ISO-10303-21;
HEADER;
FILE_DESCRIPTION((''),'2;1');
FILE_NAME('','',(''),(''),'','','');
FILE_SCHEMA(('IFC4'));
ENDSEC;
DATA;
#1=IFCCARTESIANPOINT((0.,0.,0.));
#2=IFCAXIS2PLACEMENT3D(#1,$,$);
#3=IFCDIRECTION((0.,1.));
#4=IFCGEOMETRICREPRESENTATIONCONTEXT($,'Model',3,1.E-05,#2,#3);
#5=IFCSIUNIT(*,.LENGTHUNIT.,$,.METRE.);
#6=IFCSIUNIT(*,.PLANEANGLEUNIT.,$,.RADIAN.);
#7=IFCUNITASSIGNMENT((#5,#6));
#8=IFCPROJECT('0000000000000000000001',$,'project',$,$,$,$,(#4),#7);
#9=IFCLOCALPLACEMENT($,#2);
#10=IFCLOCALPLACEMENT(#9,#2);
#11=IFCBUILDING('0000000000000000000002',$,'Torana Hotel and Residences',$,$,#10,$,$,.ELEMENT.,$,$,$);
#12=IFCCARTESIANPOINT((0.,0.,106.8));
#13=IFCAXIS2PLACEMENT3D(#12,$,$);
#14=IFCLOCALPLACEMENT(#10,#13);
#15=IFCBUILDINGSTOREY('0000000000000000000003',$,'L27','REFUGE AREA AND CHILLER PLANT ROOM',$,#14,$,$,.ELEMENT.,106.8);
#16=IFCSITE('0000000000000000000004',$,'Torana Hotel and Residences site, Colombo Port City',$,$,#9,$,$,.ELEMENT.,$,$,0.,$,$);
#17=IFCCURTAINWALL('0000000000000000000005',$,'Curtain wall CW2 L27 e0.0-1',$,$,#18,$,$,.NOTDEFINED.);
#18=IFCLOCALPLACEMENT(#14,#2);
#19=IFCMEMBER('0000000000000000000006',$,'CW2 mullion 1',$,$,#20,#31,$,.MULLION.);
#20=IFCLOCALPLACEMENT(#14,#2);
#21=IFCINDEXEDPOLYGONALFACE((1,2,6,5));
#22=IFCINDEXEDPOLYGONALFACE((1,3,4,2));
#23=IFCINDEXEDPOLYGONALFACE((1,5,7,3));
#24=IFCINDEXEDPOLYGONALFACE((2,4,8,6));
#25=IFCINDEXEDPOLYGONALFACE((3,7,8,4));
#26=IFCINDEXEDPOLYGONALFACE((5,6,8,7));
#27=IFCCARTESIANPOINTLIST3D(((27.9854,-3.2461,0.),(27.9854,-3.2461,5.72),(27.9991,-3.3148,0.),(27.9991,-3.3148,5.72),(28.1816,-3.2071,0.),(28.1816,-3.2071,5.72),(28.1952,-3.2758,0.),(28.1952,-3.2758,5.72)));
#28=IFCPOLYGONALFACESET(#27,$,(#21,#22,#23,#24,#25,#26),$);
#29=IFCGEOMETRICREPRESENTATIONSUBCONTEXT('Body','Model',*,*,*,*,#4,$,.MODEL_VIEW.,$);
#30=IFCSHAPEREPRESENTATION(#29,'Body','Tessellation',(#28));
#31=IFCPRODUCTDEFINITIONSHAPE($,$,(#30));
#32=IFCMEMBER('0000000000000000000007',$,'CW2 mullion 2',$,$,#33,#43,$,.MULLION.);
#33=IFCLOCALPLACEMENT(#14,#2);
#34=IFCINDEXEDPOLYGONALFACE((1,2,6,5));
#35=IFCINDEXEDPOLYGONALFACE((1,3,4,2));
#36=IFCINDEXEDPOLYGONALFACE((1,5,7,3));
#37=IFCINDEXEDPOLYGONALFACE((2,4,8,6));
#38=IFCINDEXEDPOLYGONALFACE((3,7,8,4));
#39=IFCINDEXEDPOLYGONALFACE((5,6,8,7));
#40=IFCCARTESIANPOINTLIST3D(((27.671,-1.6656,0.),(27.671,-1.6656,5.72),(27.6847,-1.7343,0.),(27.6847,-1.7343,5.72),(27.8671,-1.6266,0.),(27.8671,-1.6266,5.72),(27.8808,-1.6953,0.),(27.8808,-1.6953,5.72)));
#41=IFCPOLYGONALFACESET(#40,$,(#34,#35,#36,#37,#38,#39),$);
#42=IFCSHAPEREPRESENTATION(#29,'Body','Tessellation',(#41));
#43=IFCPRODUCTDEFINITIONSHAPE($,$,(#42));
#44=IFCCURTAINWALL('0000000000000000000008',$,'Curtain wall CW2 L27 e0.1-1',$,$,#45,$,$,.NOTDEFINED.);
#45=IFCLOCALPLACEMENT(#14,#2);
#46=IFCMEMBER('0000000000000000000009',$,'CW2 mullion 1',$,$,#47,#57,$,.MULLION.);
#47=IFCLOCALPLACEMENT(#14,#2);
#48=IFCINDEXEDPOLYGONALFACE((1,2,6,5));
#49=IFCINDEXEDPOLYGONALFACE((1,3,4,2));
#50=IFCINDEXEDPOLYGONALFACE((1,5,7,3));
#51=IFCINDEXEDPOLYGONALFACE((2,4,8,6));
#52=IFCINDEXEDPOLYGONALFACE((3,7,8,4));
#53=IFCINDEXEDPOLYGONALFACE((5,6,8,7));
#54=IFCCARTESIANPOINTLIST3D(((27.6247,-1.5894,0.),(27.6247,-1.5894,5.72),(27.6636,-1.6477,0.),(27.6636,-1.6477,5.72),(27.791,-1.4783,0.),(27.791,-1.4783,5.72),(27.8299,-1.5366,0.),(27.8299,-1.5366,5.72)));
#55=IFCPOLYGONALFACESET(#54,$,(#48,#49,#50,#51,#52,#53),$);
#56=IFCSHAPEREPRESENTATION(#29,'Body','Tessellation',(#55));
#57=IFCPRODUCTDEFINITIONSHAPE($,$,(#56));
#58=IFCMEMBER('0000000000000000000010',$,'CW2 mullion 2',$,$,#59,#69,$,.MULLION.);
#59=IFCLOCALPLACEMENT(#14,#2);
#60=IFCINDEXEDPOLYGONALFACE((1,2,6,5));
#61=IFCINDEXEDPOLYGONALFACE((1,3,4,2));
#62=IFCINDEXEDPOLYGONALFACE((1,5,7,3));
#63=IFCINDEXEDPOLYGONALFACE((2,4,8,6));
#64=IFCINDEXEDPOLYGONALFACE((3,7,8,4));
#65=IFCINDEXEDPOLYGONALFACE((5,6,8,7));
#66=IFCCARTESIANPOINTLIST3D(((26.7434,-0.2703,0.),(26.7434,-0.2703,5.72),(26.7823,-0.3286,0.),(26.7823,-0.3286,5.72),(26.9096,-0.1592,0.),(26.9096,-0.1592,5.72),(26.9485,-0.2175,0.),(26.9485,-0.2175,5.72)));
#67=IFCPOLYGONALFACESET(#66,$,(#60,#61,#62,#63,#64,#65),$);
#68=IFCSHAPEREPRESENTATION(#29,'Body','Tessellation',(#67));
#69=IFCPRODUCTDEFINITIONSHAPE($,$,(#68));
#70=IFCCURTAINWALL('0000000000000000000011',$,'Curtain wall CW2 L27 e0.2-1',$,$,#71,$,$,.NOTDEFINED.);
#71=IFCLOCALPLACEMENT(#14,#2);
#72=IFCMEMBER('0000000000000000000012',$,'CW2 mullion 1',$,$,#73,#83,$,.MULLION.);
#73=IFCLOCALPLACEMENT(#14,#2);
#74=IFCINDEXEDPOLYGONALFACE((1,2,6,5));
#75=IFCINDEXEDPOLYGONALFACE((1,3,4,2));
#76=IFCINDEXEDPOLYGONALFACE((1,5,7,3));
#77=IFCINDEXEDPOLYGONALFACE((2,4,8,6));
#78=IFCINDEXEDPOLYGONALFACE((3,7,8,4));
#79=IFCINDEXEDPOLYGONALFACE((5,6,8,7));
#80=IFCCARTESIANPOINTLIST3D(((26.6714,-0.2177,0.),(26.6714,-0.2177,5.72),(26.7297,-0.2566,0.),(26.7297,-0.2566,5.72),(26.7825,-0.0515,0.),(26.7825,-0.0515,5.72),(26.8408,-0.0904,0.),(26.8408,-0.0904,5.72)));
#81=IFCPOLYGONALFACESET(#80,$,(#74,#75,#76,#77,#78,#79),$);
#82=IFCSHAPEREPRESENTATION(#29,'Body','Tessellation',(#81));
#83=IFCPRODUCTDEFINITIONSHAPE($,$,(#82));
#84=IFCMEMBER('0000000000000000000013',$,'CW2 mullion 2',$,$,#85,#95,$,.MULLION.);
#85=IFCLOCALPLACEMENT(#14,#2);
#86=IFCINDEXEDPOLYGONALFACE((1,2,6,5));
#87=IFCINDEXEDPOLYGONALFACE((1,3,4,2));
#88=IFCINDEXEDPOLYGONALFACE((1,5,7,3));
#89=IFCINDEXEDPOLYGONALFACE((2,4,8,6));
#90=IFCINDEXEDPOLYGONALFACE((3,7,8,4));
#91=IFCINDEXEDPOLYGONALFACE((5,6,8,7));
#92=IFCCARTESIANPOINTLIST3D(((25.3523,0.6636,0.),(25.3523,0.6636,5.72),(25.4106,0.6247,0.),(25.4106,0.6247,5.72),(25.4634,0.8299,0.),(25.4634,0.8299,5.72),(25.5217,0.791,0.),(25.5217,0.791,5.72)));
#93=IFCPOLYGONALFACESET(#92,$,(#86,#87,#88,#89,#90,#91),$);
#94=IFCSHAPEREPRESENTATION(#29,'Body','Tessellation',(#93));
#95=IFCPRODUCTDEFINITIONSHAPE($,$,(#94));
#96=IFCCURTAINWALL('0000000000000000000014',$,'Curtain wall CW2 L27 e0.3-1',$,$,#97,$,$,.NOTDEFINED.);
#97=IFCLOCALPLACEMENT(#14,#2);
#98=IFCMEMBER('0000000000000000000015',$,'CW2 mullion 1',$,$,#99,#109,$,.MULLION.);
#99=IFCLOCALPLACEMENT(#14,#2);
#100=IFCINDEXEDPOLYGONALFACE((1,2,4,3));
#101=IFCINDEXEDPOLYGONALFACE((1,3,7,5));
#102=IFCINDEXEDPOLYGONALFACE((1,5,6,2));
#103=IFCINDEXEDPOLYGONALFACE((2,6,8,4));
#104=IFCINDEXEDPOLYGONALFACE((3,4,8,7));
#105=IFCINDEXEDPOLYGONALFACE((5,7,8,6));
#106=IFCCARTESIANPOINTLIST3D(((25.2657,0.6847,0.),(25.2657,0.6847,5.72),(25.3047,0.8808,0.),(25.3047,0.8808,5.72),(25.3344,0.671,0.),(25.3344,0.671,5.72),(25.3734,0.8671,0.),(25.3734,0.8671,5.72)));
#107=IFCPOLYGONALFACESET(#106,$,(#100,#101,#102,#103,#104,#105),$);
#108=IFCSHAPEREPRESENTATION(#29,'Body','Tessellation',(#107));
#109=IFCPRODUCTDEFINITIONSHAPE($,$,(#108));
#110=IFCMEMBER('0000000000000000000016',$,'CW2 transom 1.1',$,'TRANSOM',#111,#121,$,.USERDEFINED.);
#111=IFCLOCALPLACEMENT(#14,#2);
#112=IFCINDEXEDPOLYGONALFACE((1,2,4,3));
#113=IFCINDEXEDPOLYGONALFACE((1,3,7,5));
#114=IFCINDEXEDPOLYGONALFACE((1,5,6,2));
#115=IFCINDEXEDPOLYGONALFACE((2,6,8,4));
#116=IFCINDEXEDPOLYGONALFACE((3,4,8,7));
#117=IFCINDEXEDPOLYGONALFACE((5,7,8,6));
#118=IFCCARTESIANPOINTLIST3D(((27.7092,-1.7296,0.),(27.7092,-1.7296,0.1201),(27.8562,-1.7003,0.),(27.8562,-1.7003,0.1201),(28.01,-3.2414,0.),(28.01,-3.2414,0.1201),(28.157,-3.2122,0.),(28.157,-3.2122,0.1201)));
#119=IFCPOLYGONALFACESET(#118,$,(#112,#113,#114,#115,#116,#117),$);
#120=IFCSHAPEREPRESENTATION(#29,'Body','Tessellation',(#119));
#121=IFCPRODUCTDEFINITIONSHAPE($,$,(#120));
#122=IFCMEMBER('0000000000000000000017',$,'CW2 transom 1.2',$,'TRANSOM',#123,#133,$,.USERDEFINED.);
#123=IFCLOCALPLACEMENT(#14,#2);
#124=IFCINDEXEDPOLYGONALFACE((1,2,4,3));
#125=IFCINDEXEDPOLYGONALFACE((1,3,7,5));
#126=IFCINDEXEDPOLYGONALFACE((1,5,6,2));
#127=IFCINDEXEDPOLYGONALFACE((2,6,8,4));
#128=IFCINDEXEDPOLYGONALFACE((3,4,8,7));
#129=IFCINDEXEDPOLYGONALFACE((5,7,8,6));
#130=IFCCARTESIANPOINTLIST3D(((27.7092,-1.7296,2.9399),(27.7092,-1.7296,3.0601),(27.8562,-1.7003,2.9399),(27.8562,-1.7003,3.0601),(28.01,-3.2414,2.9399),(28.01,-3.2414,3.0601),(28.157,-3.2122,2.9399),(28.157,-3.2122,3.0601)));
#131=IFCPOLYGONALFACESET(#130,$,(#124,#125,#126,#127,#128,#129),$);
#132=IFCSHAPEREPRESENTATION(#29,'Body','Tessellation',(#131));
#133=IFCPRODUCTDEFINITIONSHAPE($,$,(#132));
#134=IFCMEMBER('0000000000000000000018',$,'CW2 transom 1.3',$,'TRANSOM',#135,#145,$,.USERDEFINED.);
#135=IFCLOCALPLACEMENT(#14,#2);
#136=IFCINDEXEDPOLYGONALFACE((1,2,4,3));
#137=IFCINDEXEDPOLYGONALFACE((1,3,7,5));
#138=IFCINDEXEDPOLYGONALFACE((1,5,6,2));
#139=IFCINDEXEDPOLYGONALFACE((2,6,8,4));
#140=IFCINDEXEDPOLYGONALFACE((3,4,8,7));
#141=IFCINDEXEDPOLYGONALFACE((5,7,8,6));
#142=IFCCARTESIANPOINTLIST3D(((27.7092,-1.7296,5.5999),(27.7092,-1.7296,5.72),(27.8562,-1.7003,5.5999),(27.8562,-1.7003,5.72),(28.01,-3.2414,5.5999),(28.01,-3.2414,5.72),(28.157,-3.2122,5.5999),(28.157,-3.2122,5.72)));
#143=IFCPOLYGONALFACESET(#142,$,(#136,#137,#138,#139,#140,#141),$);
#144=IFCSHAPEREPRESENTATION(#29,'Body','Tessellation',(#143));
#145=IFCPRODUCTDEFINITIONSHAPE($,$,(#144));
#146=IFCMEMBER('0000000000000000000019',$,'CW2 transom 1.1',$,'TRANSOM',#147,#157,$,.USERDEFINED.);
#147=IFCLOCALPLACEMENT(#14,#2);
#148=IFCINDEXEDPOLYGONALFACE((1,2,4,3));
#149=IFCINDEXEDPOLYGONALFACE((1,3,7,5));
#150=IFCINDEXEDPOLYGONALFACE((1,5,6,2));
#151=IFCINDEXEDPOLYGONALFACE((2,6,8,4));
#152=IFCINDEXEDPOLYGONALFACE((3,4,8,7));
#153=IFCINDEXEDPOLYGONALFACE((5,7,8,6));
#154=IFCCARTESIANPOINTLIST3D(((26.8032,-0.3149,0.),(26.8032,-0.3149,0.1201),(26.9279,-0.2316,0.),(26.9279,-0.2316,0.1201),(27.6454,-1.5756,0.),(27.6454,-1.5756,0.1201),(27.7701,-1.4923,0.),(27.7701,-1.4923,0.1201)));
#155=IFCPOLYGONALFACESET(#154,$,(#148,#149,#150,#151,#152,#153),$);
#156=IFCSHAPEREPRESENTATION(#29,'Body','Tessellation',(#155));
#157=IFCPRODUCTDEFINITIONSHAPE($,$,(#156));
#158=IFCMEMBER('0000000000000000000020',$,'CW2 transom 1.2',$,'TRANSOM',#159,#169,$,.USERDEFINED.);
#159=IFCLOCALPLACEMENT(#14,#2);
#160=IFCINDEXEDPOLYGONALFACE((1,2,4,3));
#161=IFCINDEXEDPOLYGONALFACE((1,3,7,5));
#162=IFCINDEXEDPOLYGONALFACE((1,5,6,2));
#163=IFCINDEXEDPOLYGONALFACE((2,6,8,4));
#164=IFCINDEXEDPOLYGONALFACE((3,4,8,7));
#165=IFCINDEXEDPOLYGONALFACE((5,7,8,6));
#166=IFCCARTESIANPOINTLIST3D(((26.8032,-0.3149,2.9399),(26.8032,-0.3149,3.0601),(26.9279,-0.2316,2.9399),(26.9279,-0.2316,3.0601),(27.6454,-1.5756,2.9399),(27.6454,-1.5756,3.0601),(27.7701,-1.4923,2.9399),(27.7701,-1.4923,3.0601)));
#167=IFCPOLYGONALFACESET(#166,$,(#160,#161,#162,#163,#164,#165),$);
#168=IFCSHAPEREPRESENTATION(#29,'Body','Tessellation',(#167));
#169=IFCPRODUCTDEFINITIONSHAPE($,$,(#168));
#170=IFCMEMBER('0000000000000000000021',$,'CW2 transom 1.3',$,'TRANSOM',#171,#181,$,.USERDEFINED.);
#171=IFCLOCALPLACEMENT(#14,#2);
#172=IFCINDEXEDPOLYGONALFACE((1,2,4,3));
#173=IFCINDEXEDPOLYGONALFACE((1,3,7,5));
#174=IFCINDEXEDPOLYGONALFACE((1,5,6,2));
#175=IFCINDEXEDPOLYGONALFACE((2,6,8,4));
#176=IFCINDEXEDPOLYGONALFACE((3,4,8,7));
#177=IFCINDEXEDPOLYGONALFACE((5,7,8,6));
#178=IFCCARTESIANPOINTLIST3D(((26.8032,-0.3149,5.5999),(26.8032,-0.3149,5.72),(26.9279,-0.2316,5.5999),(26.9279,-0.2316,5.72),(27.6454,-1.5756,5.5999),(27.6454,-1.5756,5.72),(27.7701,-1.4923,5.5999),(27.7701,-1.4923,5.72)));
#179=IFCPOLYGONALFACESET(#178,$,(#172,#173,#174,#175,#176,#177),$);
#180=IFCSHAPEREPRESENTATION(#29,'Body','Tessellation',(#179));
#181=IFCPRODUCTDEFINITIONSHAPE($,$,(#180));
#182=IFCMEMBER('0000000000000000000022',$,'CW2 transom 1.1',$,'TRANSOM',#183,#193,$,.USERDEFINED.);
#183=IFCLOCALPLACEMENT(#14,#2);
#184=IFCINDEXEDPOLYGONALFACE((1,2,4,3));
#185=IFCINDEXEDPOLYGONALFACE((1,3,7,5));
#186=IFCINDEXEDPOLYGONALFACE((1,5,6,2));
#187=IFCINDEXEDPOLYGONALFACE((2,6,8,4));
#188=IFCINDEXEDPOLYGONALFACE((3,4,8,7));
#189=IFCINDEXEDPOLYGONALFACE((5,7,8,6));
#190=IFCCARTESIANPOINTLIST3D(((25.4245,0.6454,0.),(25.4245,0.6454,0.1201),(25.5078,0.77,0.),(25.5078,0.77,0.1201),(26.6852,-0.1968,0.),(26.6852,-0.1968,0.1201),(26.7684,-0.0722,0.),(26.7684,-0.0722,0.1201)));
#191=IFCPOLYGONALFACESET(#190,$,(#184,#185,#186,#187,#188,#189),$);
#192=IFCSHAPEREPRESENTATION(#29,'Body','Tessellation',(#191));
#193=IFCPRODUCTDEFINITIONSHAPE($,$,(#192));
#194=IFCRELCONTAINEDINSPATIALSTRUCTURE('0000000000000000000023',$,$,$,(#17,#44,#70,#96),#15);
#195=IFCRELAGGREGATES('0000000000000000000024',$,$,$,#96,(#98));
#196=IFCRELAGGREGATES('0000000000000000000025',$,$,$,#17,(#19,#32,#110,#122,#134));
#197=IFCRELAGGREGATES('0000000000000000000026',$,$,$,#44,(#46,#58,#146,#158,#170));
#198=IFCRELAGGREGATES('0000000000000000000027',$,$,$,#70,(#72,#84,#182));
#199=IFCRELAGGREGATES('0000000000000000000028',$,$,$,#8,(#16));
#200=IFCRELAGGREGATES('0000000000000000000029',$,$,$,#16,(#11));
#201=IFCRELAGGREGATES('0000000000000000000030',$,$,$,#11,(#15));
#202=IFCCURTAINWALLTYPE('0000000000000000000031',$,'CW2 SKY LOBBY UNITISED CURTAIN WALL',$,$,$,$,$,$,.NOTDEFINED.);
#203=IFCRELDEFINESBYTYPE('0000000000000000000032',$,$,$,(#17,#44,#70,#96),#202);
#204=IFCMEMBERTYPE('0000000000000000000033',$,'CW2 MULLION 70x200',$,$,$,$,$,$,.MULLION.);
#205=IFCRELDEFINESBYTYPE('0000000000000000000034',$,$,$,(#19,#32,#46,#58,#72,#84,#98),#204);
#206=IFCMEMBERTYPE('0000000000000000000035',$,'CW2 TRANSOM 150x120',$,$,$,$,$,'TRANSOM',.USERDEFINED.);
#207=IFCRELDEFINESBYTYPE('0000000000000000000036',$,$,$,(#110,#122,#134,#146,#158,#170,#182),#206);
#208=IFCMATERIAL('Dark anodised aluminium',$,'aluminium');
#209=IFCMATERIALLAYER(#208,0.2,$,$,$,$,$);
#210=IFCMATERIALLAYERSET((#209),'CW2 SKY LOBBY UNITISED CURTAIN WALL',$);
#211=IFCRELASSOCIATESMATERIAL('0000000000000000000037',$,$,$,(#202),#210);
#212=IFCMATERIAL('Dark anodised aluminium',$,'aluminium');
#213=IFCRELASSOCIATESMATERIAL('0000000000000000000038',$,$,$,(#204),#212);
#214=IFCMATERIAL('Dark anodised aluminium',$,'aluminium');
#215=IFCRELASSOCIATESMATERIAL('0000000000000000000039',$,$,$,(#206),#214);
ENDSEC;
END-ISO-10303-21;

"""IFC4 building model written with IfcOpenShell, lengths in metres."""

from ifc_helpers import new_model, si_unit, direction, frame, origin, origin_2d, place, context, subcontext, project, spatial, rectangle, extrude, material, layer, layer_set, material_profile, profile_set, type_object, element, aggregate, save


model = new_model("IFC4")

# Units and contexts
model_context = context("Model", 3, precision=1e-05, world=origin(), true_north=direction((0.0, 1.0)))
body_context = subcontext(model_context, "Body", "Model", "MODEL_VIEW")
ifc_project = project(units=[si_unit("LENGTHUNIT", "METRE"), si_unit("PLANEANGLEUNIT", "RADIAN")], contexts=[model_context])

# Site, building, storey
site_placement = place(None, origin())
site = spatial("IfcSite", under=ifc_project, at=site_placement, Name="Torana Hotel and Residences site, Colombo Port City", CompositionType="ELEMENT", RefElevation=0.0)
building_placement = place(site_placement, origin())
building = spatial("IfcBuilding", under=site, at=building_placement, Name="Torana Hotel and Residences", CompositionType="ELEMENT")
storey_placement = place(building_placement, frame((0.0, 0.0, 106.8)))
storey = spatial("IfcBuildingStorey", under=building, at=storey_placement, Name="L27", Description="REFUGE AREA AND CHILLER PLANT ROOM", CompositionType="ELEMENT", Elevation=106.8)

# Curtain walls, members
ifc_material_1 = material(Name="Dark anodised aluminium", Category="aluminium")
ifc_layer_1 = layer(ifc_material_1, 0.2)
ifc_layer_set_1 = layer_set([ifc_layer_1], Name="CW2 SKY LOBBY UNITISED CURTAIN WALL")
curtain_wall_type = type_object("IfcCurtainWallType", Name="CW2 SKY LOBBY UNITISED CURTAIN WALL", PredefinedType="NOTDEFINED", material=ifc_layer_set_1)
curtain_wall_1_placement = place(storey_placement, origin())
curtain_wall_1 = element("IfcCurtainWall", 1, at=curtain_wall_1_placement, inside=storey, type_object=curtain_wall_type, Name="Curtain wall CW2 L27 e0.0-1", PredefinedType="NOTDEFINED")
ifc_material_2 = material(Name="Dark anodised aluminium", Category="aluminium")
ifc_material_profile_1 = material_profile(ifc_material_2, rectangle(XDim=0.2, YDim=0.0701, at=origin_2d()), Name="CW2 MULLION 70x200")
ifc_profile_set_1 = profile_set([ifc_material_profile_1], Name="Dark anodised aluminium")
member_type_1 = type_object("IfcMemberType", Name="CW2 MULLION 70x200", PredefinedType="MULLION", material=ifc_profile_set_1)
member_1_placement = place(storey_placement, frame((28.0903, -3.261, 0.0), z_axis=(0.0, 0.0, 1.0), x_axis=(-0.980791, -0.195064, 0.0)))
member_1 = element("IfcMember", 2, at=member_1_placement, type_object=member_type_1, Name="CW2 mullion 1", PredefinedType="MULLION", context=body_context, shape_type="SweptSolid", body=[
    extrude(rectangle(XDim=0.2, YDim=0.0701, at=origin_2d()), origin(), (0.0, 0.0, 1.0), 5.72),
])
member_2_placement = place(storey_placement, frame((27.7759, -1.6804, 0.0), z_axis=(0.0, 0.0, 1.0), x_axis=(-0.980791, -0.195064, 0.0)))
member_2 = element("IfcMember", 3, at=member_2_placement, type_object=member_type_1, Name="CW2 mullion 2", PredefinedType="MULLION", context=body_context, shape_type="SweptSolid", body=[
    extrude(rectangle(XDim=0.2, YDim=0.0701, at=origin_2d()), origin(), (0.0, 0.0, 1.0), 5.72),
])
curtain_wall_2_placement = place(storey_placement, origin())
curtain_wall_2 = element("IfcCurtainWall", 4, at=curtain_wall_2_placement, inside=storey, type_object=curtain_wall_type, Name="Curtain wall CW2 L27 e0.1-1", PredefinedType="NOTDEFINED")
member_3_placement = place(storey_placement, frame((27.7273, -1.563, 0.0), z_axis=(0.0, 0.0, 1.0), x_axis=(-0.831474, -0.555564, 0.0)))
member_3 = element("IfcMember", 5, at=member_3_placement, type_object=member_type_1, Name="CW2 mullion 1", PredefinedType="MULLION", context=body_context, shape_type="SweptSolid", body=[
    extrude(rectangle(XDim=0.2, YDim=0.0701, at=origin_2d()), origin(), (0.0, 0.0, 1.0), 5.72),
])
member_4_placement = place(storey_placement, frame((26.8459, -0.2439, 0.0), z_axis=(0.0, 0.0, 1.0), x_axis=(-0.831474, -0.555564, 0.0)))
member_4 = element("IfcMember", 6, at=member_4_placement, type_object=member_type_1, Name="CW2 mullion 2", PredefinedType="MULLION", context=body_context, shape_type="SweptSolid", body=[
    extrude(rectangle(XDim=0.2, YDim=0.0701, at=origin_2d()), origin(), (0.0, 0.0, 1.0), 5.72),
])
curtain_wall_3_placement = place(storey_placement, origin())
curtain_wall_3 = element("IfcCurtainWall", 7, at=curtain_wall_3_placement, inside=storey, type_object=curtain_wall_type, Name="Curtain wall CW2 L27 e0.2-1", PredefinedType="NOTDEFINED")
member_5_placement = place(storey_placement, frame((26.7561, -0.1541, 0.0), z_axis=(0.0, 0.0, 1.0), x_axis=(-0.555564, -0.831474, 0.0)))
member_5 = element("IfcMember", 8, at=member_5_placement, type_object=member_type_1, Name="CW2 mullion 1", PredefinedType="MULLION", context=body_context, shape_type="SweptSolid", body=[
    extrude(rectangle(XDim=0.2, YDim=0.0701, at=origin_2d()), origin(), (0.0, 0.0, 1.0), 5.72),
])
member_6_placement = place(storey_placement, frame((25.437, 0.7273, 0.0), z_axis=(0.0, 0.0, 1.0), x_axis=(-0.555564, -0.831474, 0.0)))
member_6 = element("IfcMember", 9, at=member_6_placement, type_object=member_type_1, Name="CW2 mullion 2", PredefinedType="MULLION", context=body_context, shape_type="SweptSolid", body=[
    extrude(rectangle(XDim=0.2, YDim=0.0701, at=origin_2d()), origin(), (0.0, 0.0, 1.0), 5.72),
])

# Curtain wall, member
curtain_wall_4_placement = place(storey_placement, origin())
curtain_wall_4 = element("IfcCurtainWall", 10, at=curtain_wall_4_placement, inside=storey, type_object=curtain_wall_type, Name="Curtain wall CW2 L27 e0.3-1", PredefinedType="NOTDEFINED")
member_7_placement = place(storey_placement, frame((25.3196, 0.7759, 0.0), z_axis=(0.0, 0.0, 1.0), x_axis=(-0.195064, -0.980791, 0.0)))
member_7 = element("IfcMember", 11, at=member_7_placement, type_object=member_type_1, Name="CW2 mullion 1", PredefinedType="MULLION", context=body_context, shape_type="SweptSolid", body=[
    extrude(rectangle(XDim=0.2, YDim=0.0701, at=origin_2d()), origin(), (0.0, 0.0, 1.0), 5.72),
])

# Members
ifc_material_3 = material(Name="Dark anodised aluminium", Category="aluminium")
ifc_material_profile_2 = material_profile(ifc_material_3, rectangle(XDim=0.1499, YDim=0.1201, at=origin_2d()), Name="CW2 TRANSOM 150x120")
ifc_profile_set_2 = profile_set([ifc_material_profile_2], Name="Dark anodised aluminium")
member_type_2 = type_object("IfcMemberType", Name="CW2 TRANSOM 150x120", ElementType="TRANSOM", PredefinedType="USERDEFINED", material=ifc_profile_set_2)
member_8_placement = place(storey_placement, frame((28.0835, -3.2268, 0.0601), z_axis=(-0.195111, 0.980781, 0.0), x_axis=(-0.980781, -0.195111, 0.0)))
member_8 = element("IfcMember", 12, at=member_8_placement, type_object=member_type_2, Name="CW2 transom 1.1", ObjectType="TRANSOM", PredefinedType="USERDEFINED", context=body_context, shape_type="SweptSolid", body=[
    extrude(rectangle(XDim=0.1499, YDim=0.1201, at=origin_2d()), origin(), (0.0, 0.0, 1.0), 1.5415),
])
member_9_placement = place(storey_placement, frame((28.0835, -3.2268, 3.0), z_axis=(-0.195111, 0.980781, 0.0), x_axis=(-0.980781, -0.195111, 0.0)))
member_9 = element("IfcMember", 13, at=member_9_placement, type_object=member_type_2, Name="CW2 transom 1.2", ObjectType="TRANSOM", PredefinedType="USERDEFINED", context=body_context, shape_type="SweptSolid", body=[
    extrude(rectangle(XDim=0.1499, YDim=0.1201, at=origin_2d()), origin(), (0.0, 0.0, 1.0), 1.5415),
])
member_10_placement = place(storey_placement, frame((28.0835, -3.2268, 5.6599), z_axis=(-0.195111, 0.980781, 0.0), x_axis=(-0.980781, -0.195111, 0.0)))
member_10 = element("IfcMember", 14, at=member_10_placement, type_object=member_type_2, Name="CW2 transom 1.3", ObjectType="TRANSOM", PredefinedType="USERDEFINED", context=body_context, shape_type="SweptSolid", body=[
    extrude(rectangle(XDim=0.1499, YDim=0.1201, at=origin_2d()), origin(), (0.0, 0.0, 1.0), 1.5415),
])
member_11_placement = place(storey_placement, frame((27.7078, -1.5339, 0.0601), z_axis=(-0.555517, 0.831505, 0.0), x_axis=(-0.831505, -0.555517, 0.0)))
member_11 = element("IfcMember", 15, at=member_11_placement, type_object=member_type_2, Name="CW2 transom 1.1", ObjectType="TRANSOM", PredefinedType="USERDEFINED", context=body_context, shape_type="SweptSolid", body=[
    extrude(rectangle(XDim=0.1499, YDim=0.1201, at=origin_2d()), origin(), (0.0, 0.0, 1.0), 1.5161),
])
member_12_placement = place(storey_placement, frame((27.7078, -1.5339, 3.0), z_axis=(-0.555517, 0.831505, 0.0), x_axis=(-0.831505, -0.555517, 0.0)))
member_12 = element("IfcMember", 16, at=member_12_placement, type_object=member_type_2, Name="CW2 transom 1.2", ObjectType="TRANSOM", PredefinedType="USERDEFINED", context=body_context, shape_type="SweptSolid", body=[
    extrude(rectangle(XDim=0.1499, YDim=0.1201, at=origin_2d()), origin(), (0.0, 0.0, 1.0), 1.5161),
])
member_13_placement = place(storey_placement, frame((27.7078, -1.5339, 5.6599), z_axis=(-0.555517, 0.831505, 0.0), x_axis=(-0.831505, -0.555517, 0.0)))
member_13 = element("IfcMember", 17, at=member_13_placement, type_object=member_type_2, Name="CW2 transom 1.3", ObjectType="TRANSOM", PredefinedType="USERDEFINED", context=body_context, shape_type="SweptSolid", body=[
    extrude(rectangle(XDim=0.1499, YDim=0.1201, at=origin_2d()), origin(), (0.0, 0.0, 1.0), 1.5161),
])
member_14_placement = place(storey_placement, frame((26.7268, -0.1345, 0.0601), z_axis=(-0.831505, 0.555517, 0.0), x_axis=(-0.555517, -0.831505, 0.0)))
member_14 = element("IfcMember", 18, at=member_14_placement, type_object=member_type_2, Name="CW2 transom 1.1", ObjectType="TRANSOM", PredefinedType="USERDEFINED", context=body_context, shape_type="SweptSolid", body=[
    extrude(rectangle(XDim=0.1499, YDim=0.1201, at=origin_2d()), origin(), (0.0, 0.0, 1.0), 1.5161),
])
aggregate(curtain_wall_4, [member_7])

aggregate(curtain_wall_1, [member_1, member_2, member_8, member_9, member_10])
aggregate(curtain_wall_2, [member_3, member_4, member_11, member_12, member_13])
aggregate(curtain_wall_3, [member_5, member_6, member_14])

save(model, "model.ifc")
